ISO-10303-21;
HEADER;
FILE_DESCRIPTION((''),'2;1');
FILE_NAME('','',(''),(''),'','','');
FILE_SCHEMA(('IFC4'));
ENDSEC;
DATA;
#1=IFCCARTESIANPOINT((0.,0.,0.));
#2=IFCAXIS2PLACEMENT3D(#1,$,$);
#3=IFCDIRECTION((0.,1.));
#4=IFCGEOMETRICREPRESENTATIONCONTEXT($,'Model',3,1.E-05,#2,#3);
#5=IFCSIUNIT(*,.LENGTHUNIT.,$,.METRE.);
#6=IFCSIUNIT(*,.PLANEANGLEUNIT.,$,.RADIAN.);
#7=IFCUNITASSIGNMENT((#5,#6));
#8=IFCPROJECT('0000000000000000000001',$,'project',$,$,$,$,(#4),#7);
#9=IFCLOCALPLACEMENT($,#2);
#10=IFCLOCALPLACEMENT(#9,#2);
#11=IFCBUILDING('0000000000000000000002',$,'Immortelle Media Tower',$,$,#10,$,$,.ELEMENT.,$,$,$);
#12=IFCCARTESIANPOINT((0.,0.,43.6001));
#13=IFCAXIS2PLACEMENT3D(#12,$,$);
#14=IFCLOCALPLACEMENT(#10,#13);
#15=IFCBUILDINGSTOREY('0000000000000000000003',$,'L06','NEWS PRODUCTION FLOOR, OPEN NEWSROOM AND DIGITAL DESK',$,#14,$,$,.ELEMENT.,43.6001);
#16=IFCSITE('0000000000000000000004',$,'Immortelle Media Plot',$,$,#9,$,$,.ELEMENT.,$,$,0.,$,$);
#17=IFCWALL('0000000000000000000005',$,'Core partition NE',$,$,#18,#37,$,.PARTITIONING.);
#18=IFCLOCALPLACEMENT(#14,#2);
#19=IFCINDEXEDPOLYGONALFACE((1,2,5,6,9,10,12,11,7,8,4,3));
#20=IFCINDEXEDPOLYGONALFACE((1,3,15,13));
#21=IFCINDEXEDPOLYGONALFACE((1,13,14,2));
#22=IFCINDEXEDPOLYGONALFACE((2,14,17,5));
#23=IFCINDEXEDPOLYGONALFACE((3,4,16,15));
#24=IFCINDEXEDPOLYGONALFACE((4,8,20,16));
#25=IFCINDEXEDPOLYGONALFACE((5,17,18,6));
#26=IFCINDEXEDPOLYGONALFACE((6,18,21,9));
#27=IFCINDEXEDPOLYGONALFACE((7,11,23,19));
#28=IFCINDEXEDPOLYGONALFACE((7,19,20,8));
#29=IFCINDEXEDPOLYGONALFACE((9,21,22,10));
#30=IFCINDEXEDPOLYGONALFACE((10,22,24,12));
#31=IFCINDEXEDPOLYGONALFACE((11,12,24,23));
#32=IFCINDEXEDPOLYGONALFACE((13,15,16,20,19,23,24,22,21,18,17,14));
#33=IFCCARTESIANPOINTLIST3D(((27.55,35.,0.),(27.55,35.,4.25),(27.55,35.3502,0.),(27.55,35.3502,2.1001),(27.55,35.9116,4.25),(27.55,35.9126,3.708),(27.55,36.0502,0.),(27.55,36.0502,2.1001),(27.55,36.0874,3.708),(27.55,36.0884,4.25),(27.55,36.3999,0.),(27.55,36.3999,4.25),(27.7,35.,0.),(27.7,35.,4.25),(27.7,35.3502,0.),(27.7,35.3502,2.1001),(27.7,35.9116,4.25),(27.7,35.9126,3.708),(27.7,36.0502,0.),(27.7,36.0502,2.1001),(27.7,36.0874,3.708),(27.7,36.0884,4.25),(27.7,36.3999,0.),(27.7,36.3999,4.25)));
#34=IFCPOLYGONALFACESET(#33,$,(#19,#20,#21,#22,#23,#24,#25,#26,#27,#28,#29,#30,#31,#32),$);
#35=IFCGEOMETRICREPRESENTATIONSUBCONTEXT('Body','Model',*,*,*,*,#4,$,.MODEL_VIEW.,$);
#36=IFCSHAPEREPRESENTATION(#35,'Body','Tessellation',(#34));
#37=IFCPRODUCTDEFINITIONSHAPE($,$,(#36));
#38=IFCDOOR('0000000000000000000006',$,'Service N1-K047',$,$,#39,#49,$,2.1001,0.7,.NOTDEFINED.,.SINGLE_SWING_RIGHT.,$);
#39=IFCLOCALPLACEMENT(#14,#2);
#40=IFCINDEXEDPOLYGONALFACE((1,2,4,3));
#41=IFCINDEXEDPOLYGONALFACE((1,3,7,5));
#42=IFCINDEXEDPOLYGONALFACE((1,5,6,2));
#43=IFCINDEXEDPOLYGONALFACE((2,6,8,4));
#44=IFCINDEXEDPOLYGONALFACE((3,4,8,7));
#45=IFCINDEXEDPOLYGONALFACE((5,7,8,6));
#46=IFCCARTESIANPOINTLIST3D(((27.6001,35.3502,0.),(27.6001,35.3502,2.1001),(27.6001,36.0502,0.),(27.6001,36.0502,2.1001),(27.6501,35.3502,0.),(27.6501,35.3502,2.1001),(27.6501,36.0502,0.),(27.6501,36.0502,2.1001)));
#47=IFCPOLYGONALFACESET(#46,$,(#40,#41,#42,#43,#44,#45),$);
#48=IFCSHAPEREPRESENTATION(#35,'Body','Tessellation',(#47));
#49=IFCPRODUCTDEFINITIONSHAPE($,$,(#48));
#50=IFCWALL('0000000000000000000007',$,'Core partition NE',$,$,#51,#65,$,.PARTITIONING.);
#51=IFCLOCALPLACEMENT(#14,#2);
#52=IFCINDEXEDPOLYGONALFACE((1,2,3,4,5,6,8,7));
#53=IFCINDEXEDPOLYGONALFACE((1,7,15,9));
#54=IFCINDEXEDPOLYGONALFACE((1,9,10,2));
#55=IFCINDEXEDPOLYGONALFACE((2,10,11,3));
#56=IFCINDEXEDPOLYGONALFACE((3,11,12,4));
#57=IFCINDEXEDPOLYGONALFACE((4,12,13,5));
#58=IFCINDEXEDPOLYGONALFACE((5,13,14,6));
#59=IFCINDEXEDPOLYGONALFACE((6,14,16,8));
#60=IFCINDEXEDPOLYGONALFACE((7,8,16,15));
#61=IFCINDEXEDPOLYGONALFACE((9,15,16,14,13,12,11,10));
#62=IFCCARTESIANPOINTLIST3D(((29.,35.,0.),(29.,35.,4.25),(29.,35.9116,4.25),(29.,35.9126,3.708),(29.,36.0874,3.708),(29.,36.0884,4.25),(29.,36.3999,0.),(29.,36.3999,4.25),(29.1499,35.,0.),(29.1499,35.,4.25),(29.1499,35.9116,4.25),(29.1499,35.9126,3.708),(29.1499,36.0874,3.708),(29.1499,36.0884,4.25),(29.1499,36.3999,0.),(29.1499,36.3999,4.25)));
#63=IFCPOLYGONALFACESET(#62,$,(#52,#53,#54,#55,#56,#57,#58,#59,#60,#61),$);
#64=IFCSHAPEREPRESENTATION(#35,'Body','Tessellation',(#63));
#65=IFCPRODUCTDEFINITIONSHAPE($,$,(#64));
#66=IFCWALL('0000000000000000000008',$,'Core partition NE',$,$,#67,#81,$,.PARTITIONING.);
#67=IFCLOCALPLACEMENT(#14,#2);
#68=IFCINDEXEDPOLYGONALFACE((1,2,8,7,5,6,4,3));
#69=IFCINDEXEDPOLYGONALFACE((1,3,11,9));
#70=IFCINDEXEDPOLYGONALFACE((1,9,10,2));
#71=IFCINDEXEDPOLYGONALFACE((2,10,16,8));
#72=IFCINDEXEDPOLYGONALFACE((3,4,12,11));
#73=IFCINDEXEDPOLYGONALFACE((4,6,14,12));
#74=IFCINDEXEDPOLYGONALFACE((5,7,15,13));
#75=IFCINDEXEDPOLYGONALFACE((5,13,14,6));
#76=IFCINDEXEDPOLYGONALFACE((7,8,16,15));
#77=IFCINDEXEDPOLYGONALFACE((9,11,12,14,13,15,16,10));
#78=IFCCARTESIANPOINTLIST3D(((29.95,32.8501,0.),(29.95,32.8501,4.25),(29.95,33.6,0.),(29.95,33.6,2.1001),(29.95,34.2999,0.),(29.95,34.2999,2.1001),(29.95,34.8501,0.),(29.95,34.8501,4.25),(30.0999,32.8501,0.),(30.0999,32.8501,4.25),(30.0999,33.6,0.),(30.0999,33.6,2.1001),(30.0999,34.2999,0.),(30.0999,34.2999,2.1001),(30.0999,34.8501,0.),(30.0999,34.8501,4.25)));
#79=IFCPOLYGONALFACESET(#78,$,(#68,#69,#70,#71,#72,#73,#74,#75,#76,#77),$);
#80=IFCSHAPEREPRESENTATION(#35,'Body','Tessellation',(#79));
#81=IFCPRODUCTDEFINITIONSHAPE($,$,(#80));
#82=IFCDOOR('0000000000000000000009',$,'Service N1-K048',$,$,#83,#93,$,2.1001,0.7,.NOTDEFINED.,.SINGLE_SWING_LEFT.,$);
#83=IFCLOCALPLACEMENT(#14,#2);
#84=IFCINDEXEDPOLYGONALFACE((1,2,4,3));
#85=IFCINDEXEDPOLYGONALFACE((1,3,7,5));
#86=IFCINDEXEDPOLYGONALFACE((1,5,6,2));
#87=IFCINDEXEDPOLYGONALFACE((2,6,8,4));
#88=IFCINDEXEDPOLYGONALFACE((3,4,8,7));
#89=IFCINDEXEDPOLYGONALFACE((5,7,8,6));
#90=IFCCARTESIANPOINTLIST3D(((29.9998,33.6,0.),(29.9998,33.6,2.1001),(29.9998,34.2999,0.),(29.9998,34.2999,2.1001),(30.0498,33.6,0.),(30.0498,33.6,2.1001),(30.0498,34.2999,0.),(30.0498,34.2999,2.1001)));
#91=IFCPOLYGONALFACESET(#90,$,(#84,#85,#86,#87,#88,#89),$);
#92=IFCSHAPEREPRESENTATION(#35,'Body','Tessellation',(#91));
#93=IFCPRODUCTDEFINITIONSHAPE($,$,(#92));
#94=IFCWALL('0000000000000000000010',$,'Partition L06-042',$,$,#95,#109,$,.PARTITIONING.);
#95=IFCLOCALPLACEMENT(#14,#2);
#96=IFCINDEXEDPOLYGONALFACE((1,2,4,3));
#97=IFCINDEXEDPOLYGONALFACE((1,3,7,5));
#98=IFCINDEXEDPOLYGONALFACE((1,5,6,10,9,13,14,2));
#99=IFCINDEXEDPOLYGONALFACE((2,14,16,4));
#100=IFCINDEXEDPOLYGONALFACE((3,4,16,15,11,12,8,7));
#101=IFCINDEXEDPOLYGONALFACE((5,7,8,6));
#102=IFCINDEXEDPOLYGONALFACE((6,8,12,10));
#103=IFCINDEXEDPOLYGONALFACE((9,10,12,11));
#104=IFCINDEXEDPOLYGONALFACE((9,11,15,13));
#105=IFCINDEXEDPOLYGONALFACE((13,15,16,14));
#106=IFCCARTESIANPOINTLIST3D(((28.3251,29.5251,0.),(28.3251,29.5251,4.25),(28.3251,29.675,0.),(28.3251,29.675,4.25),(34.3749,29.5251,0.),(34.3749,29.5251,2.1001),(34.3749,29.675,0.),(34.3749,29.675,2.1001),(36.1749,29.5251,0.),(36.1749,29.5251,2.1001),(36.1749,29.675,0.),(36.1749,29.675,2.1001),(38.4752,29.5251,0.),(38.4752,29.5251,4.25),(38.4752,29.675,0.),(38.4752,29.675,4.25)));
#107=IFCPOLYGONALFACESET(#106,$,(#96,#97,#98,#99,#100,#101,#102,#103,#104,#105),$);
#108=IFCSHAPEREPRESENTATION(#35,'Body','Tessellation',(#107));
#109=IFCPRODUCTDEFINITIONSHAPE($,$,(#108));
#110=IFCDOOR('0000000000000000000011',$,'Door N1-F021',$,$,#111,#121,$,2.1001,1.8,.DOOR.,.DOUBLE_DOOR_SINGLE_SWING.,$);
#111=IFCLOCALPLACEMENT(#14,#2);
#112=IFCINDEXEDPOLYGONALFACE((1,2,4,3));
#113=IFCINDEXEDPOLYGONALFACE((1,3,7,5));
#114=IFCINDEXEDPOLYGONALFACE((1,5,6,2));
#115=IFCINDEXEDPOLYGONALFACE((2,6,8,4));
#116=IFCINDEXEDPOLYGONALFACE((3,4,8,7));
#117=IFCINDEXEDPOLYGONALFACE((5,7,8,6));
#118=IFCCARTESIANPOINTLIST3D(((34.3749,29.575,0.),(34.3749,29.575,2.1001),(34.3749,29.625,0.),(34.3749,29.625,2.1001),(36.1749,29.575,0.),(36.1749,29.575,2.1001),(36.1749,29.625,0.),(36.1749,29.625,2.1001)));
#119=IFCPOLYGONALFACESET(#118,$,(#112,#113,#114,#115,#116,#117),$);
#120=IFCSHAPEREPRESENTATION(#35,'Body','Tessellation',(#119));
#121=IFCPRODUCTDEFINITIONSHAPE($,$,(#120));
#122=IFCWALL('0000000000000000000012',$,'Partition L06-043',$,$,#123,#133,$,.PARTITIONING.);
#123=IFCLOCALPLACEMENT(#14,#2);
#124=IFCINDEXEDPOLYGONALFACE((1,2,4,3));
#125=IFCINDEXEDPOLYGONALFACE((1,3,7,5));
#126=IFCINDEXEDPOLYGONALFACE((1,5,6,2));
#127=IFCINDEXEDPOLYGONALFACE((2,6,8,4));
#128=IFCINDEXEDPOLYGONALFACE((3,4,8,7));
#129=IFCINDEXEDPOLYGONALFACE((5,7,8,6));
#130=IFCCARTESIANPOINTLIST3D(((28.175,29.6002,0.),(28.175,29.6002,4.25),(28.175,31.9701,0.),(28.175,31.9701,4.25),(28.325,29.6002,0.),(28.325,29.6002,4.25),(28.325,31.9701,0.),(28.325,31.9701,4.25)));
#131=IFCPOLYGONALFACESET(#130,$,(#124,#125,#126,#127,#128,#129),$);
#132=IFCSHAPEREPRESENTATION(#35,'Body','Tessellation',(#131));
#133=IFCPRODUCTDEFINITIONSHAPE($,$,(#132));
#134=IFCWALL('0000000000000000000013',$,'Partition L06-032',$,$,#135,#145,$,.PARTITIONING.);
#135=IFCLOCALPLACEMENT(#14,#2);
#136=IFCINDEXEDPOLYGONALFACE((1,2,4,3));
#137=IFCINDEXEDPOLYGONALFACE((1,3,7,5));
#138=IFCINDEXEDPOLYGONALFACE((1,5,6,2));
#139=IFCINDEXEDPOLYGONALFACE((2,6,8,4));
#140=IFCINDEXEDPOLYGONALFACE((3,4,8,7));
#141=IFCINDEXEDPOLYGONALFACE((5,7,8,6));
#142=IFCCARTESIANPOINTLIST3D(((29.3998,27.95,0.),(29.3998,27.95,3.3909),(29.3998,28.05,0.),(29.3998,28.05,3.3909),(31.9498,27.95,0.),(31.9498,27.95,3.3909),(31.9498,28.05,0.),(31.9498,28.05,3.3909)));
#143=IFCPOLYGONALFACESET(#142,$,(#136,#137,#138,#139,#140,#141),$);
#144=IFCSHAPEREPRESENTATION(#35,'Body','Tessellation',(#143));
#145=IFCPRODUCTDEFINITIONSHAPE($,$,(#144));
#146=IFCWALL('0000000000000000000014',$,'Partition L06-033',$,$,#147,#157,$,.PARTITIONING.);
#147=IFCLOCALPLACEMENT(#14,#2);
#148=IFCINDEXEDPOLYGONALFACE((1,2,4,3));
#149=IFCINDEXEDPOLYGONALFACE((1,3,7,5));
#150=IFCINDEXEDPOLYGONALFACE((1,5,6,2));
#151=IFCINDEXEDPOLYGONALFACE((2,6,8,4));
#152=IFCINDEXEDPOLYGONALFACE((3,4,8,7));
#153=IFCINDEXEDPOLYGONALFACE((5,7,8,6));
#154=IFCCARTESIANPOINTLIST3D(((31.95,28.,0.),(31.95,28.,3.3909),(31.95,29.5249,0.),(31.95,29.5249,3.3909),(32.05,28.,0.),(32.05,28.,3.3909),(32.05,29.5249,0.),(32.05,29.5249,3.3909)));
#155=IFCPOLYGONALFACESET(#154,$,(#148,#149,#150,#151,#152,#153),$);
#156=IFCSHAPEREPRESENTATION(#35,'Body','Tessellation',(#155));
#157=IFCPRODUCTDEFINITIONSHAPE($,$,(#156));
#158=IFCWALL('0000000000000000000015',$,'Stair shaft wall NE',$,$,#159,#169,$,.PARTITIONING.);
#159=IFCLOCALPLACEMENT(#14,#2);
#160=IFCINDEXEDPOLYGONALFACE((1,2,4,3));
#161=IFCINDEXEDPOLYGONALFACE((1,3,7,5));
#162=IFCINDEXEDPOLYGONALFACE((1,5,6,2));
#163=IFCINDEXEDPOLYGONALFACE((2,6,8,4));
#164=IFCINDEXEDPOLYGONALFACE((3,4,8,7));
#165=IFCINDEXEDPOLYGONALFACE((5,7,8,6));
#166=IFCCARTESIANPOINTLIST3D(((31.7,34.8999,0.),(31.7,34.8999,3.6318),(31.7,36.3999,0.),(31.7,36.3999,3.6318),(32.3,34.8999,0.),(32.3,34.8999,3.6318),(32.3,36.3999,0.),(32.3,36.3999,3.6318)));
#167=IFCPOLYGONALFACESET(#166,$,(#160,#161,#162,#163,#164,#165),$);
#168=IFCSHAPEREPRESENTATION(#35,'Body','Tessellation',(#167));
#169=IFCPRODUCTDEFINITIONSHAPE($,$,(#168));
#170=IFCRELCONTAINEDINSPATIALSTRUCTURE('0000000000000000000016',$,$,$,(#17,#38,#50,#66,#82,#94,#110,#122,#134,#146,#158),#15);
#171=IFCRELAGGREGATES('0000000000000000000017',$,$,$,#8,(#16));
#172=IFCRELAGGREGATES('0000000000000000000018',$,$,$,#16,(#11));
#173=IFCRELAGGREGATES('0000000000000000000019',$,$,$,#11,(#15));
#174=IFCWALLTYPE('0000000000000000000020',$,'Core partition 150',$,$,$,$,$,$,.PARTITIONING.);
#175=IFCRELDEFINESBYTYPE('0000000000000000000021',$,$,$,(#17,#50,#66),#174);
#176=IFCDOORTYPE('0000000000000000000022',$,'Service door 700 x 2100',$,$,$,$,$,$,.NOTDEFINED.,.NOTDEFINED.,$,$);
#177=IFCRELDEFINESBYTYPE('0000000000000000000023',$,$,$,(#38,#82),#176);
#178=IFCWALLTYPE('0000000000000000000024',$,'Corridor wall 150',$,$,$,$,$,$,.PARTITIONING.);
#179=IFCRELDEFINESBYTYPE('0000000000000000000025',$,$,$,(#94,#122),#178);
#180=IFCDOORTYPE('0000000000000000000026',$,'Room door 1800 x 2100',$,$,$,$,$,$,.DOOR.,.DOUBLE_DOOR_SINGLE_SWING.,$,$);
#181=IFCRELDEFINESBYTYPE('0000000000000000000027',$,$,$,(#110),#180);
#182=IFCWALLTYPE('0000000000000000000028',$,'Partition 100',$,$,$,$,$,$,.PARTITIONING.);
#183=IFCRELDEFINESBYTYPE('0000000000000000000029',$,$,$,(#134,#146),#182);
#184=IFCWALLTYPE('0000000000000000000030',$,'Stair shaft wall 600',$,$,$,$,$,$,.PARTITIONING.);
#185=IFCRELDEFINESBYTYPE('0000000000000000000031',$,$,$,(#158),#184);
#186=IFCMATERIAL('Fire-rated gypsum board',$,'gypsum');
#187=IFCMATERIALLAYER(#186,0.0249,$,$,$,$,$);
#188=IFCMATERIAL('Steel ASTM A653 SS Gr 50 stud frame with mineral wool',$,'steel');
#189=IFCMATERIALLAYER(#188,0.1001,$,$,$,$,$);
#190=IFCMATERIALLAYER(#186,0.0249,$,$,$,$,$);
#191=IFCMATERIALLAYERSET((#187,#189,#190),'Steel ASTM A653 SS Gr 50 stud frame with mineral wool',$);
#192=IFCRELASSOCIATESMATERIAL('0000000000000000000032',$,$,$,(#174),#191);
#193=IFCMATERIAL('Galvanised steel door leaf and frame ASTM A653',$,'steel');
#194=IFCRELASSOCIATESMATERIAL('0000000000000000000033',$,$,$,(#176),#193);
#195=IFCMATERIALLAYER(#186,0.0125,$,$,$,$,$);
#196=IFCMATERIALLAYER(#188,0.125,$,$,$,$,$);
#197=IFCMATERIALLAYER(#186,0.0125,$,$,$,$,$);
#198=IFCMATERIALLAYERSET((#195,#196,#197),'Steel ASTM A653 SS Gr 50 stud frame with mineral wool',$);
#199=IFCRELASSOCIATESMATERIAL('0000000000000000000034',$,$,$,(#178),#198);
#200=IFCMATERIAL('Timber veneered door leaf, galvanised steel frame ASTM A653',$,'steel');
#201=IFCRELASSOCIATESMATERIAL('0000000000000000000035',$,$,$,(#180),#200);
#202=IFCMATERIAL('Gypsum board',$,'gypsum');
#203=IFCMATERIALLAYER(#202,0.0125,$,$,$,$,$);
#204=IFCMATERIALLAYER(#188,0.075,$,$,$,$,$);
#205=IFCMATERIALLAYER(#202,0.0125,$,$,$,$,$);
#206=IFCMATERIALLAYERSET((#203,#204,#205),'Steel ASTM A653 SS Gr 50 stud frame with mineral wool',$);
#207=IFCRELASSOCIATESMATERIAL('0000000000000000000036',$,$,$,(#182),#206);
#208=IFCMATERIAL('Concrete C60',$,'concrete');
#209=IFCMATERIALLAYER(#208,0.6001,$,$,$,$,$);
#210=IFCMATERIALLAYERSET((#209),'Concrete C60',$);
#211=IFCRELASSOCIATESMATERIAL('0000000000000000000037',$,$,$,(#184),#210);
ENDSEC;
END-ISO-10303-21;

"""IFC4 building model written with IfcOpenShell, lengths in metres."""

from ifc_helpers import new_model, si_unit, direction, frame, frame_2d, origin, place, context, subcontext, project, spatial, polyline, rectangle, outline, extrude, material, layer, layer_set, type_object, element, fill, save


model = new_model("IFC4")

# Units and contexts
model_context = context("Model", 3, precision=1e-05, world=origin(), true_north=direction((0.0, 1.0)))
body_context = subcontext(model_context, "Body", "Model", "MODEL_VIEW")
ifc_project = project(units=[si_unit("LENGTHUNIT", "METRE"), si_unit("PLANEANGLEUNIT", "RADIAN")], contexts=[model_context])

# Site, building, storey
site_placement = place(None, origin())
site = spatial("IfcSite", under=ifc_project, at=site_placement, Name="Immortelle Media Plot", CompositionType="ELEMENT", RefElevation=0.0)
building_placement = place(site_placement, origin())
building = spatial("IfcBuilding", under=site, at=building_placement, Name="Immortelle Media Tower", CompositionType="ELEMENT")
storey_placement = place(building_placement, frame((0.0, 0.0, 43.6001)))
storey = spatial("IfcBuildingStorey", under=building, at=storey_placement, Name="L06", Description="NEWS PRODUCTION FLOOR, OPEN NEWSROOM AND DIGITAL DESK", CompositionType="ELEMENT", Elevation=43.6001)

# Shared definitions
ifc_material_1 = material(Name="Fire-rated gypsum board", Category="gypsum")
ifc_material_2 = material(Name="Steel ASTM A653 SS Gr 50 stud frame with mineral wool", Category="steel")
ifc_layer_1 = layer(ifc_material_1, 0.0249)
ifc_layer_2 = layer(ifc_material_2, 0.1001)
ifc_layer_3 = layer(ifc_material_1, 0.0249)
ifc_layer_set_1 = layer_set([ifc_layer_1, ifc_layer_2, ifc_layer_3], Name="Steel ASTM A653 SS Gr 50 stud frame with mineral wool")
wall_type_1 = type_object("IfcWallType", Name="Core partition 150", PredefinedType="PARTITIONING", material=ifc_layer_set_1)

# Wall, opening, door
ifc_material_3 = material(Name="Galvanised steel door leaf and frame ASTM A653", Category="steel")
wall_1_placement = place(storey_placement, frame((27.625, 35.0, 0.0), z_axis=(0.0, 0.0, 1.0), x_axis=(0.0, 1.0, 0.0)))
wall_1 = element("IfcWall", 1, at=wall_1_placement, inside=storey, type_object=wall_type_1, Name="Core partition NE", PredefinedType="PARTITIONING", context=body_context, shape_type="SweptSolid", body=[
    extrude(outline(polyline([(0.0, 0.0), (1.3999, 0.0), (1.3999, 4.25), (1.0884, 4.25), (1.0874, 3.708), (0.9126, 3.708), (0.9116, 4.25), (0.0, 4.25), (0.0, 0.0)])), frame((0.0, 0.075, 0.0), z_axis=(0.0, -1.0, 0.0), x_axis=(1.0, 0.0, 0.0)), (0.0, 0.0, 1.0), 0.1499),
])
opening_1_placement = place(wall_1_placement, frame((0.3501, 0.0, 0.0)))
opening_1 = element("IfcOpeningElement", 2, at=opening_1_placement, cuts=wall_1, PredefinedType="OPENING", context=body_context, shape_type="SweptSolid", body=[
    extrude(rectangle(XDim=0.7, YDim=2.1001, at=frame_2d((0.3501, 1.05))), frame((0.0, 0.085, 0.0), z_axis=(0.0, -1.0, 0.0), x_axis=(1.0, 0.0, 0.0)), (0.0, 0.0, 1.0), 0.1699),
])
door_type_1 = type_object("IfcDoorType", Name="Service door 700 x 2100", OperationType="NOTDEFINED", PredefinedType="NOTDEFINED", material=ifc_material_3)
door_1_placement = place(opening_1_placement, origin())
door_1 = element("IfcDoor", 3, at=door_1_placement, inside=storey, type_object=door_type_1, Name="Service N1-K047", OperationType="SINGLE_SWING_RIGHT", OverallHeight=2.1001, OverallWidth=0.7, PredefinedType="NOTDEFINED", context=body_context, shape_type="SweptSolid", body=[
    extrude(rectangle(XDim=0.7, YDim=2.1001, at=frame_2d((0.3501, 1.05))), frame((0.0, 0.0249, 0.0), z_axis=(0.0, -1.0, 0.0), x_axis=(1.0, 0.0, 0.0)), (0.0, 0.0, 1.0), 0.05),
])
fill(opening_1, door_1)

# Wall
wall_2_placement = place(storey_placement, frame((29.075, 35.0, 0.0), z_axis=(0.0, 0.0, 1.0), x_axis=(0.0, 1.0, 0.0)))
element("IfcWall", 4, at=wall_2_placement, inside=storey, type_object=wall_type_1, Name="Core partition NE", PredefinedType="PARTITIONING", context=body_context, shape_type="SweptSolid", body=[
    extrude(outline(polyline([(0.0, 0.0), (1.3999, 0.0), (1.3999, 4.25), (1.0884, 4.25), (1.0874, 3.708), (0.9126, 3.708), (0.9116, 4.25), (0.0, 4.25), (0.0, 0.0)])), frame((0.0, 0.075, 0.0), z_axis=(0.0, -1.0, 0.0), x_axis=(1.0, 0.0, 0.0)), (0.0, 0.0, 1.0), 0.1499),
])

# Walls, openings, doors
wall_3_placement = place(storey_placement, frame((30.0249, 32.8501, 0.0), z_axis=(0.0, 0.0, 1.0), x_axis=(0.0, 1.0, 0.0)))
wall_3 = element("IfcWall", 5, at=wall_3_placement, inside=storey, type_object=wall_type_1, Name="Core partition NE", PredefinedType="PARTITIONING", context=body_context, shape_type="SweptSolid", body=[
    extrude(rectangle(XDim=2.0, YDim=0.1499, at=frame_2d((1.0, 0.0))), origin(), (0.0, 0.0, 1.0), 4.25),
])
opening_2_placement = place(wall_3_placement, frame((1.45, 0.0, 0.0), z_axis=(0.0, 0.0, 1.0), x_axis=(-1.0, 0.0, 0.0)))
opening_2 = element("IfcOpeningElement", 6, at=opening_2_placement, cuts=wall_3, PredefinedType="OPENING", context=body_context, shape_type="SweptSolid", body=[
    extrude(rectangle(XDim=0.7, YDim=2.1001, at=frame_2d((0.3501, 1.05))), frame((0.0, 0.085, 0.0), z_axis=(0.0, -1.0, 0.0), x_axis=(1.0, 0.0, 0.0)), (0.0, 0.0, 1.0), 0.1699),
])
door_2_placement = place(opening_2_placement, origin())
door_2 = element("IfcDoor", 7, at=door_2_placement, inside=storey, type_object=door_type_1, Name="Service N1-K048", OperationType="SINGLE_SWING_LEFT", OverallHeight=2.1001, OverallWidth=0.7, PredefinedType="NOTDEFINED", context=body_context, shape_type="SweptSolid", body=[
    extrude(rectangle(XDim=0.7, YDim=2.1001, at=frame_2d((0.3501, 1.05))), frame((0.0, 0.0249, 0.0), z_axis=(0.0, -1.0, 0.0), x_axis=(1.0, 0.0, 0.0)), (0.0, 0.0, 1.0), 0.05),
])
fill(opening_2, door_2)
ifc_layer_4 = layer(ifc_material_1, 0.0125)
ifc_layer_5 = layer(ifc_material_2, 0.125)
ifc_layer_6 = layer(ifc_material_1, 0.0125)
ifc_layer_set_2 = layer_set([ifc_layer_4, ifc_layer_5, ifc_layer_6], Name="Steel ASTM A653 SS Gr 50 stud frame with mineral wool")
wall_type_2 = type_object("IfcWallType", Name="Corridor wall 150", PredefinedType="PARTITIONING", material=ifc_layer_set_2)
wall_4_placement = place(storey_placement, frame((28.325, 29.6001, 0.0), z_axis=(0.0, 0.0, 1.0), x_axis=(1.0, 0.0, 0.0)))
wall_4 = element("IfcWall", 8, at=wall_4_placement, inside=storey, type_object=wall_type_2, Name="Partition L06-042", PredefinedType="PARTITIONING", context=body_context, shape_type="SweptSolid", body=[
    extrude(rectangle(XDim=10.1501, YDim=0.1499, at=frame_2d((5.0752, 0.0))), origin(), (0.0, 0.0, 1.0), 4.25),
])
opening_3_placement = place(wall_4_placement, frame((6.05, 0.0, 0.0)))
opening_3 = element("IfcOpeningElement", 9, at=opening_3_placement, cuts=wall_4, PredefinedType="OPENING", context=body_context, shape_type="SweptSolid", body=[
    extrude(rectangle(XDim=1.8, YDim=2.1001, at=frame_2d((0.8999, 1.05))), frame((0.0, 0.085, 0.0), z_axis=(0.0, -1.0, 0.0), x_axis=(1.0, 0.0, 0.0)), (0.0, 0.0, 1.0), 0.1699),
])
ifc_material_4 = material(Name="Timber veneered door leaf, galvanised steel frame ASTM A653", Category="steel")
door_type_2 = type_object("IfcDoorType", Name="Room door 1800 x 2100", OperationType="DOUBLE_DOOR_SINGLE_SWING", PredefinedType="DOOR", material=ifc_material_4)
door_3_placement = place(opening_3_placement, origin())
door_3 = element("IfcDoor", 10, at=door_3_placement, inside=storey, type_object=door_type_2, Name="Door N1-F021", OperationType="DOUBLE_DOOR_SINGLE_SWING", OverallHeight=2.1001, OverallWidth=1.8, PredefinedType="DOOR", context=body_context, shape_type="SweptSolid", body=[
    extrude(rectangle(XDim=1.8, YDim=2.1001, at=frame_2d((0.8999, 1.05))), frame((0.0, 0.0249, 0.0), z_axis=(0.0, -1.0, 0.0), x_axis=(1.0, 0.0, 0.0)), (0.0, 0.0, 1.0), 0.05),
])
fill(opening_3, door_3)

# Walls
wall_5_placement = place(storey_placement, frame((28.25, 29.6001, 0.0), z_axis=(0.0, 0.0, 1.0), x_axis=(0.0, 1.0, 0.0)))
element("IfcWall", 11, at=wall_5_placement, inside=storey, type_object=wall_type_2, Name="Partition L06-043", PredefinedType="PARTITIONING", context=body_context, shape_type="SweptSolid", body=[
    extrude(rectangle(XDim=2.3699, YDim=0.1499, at=frame_2d((1.1851, 0.0))), origin(), (0.0, 0.0, 1.0), 4.25),
])
ifc_material_5 = material(Name="Gypsum board", Category="gypsum")
ifc_layer_7 = layer(ifc_material_5, 0.0125)
ifc_layer_8 = layer(ifc_material_2, 0.075)
ifc_layer_9 = layer(ifc_material_5, 0.0125)
ifc_layer_set_3 = layer_set([ifc_layer_7, ifc_layer_8, ifc_layer_9], Name="Steel ASTM A653 SS Gr 50 stud frame with mineral wool")
wall_type_3 = type_object("IfcWallType", Name="Partition 100", PredefinedType="PARTITIONING", material=ifc_layer_set_3)
wall_6_placement = place(storey_placement, frame((29.3999, 28.0, 0.0), z_axis=(0.0, 0.0, 1.0), x_axis=(1.0, 0.0, 0.0)))
element("IfcWall", 12, at=wall_6_placement, inside=storey, type_object=wall_type_3, Name="Partition L06-032", PredefinedType="PARTITIONING", context=body_context, shape_type="SweptSolid", body=[
    extrude(rectangle(XDim=2.55, YDim=0.1001, at=frame_2d((1.2749, 0.0))), origin(), (0.0, 0.0, 1.0), 3.3909),
])
wall_7_placement = place(storey_placement, frame((32.0, 28.0, 0.0), z_axis=(0.0, 0.0, 1.0), x_axis=(0.0, 1.0, 0.0)))
element("IfcWall", 13, at=wall_7_placement, inside=storey, type_object=wall_type_3, Name="Partition L06-033", PredefinedType="PARTITIONING", context=body_context, shape_type="SweptSolid", body=[
    extrude(rectangle(XDim=1.5249, YDim=0.1001, at=frame_2d((0.7625, 0.0))), origin(), (0.0, 0.0, 1.0), 3.3909),
])
ifc_material_6 = material(Name="Concrete C60", Category="concrete")
ifc_layer_10 = layer(ifc_material_6, 0.6001)
ifc_layer_set_4 = layer_set([ifc_layer_10], Name="Concrete C60")
wall_type_4 = type_object("IfcWallType", Name="Stair shaft wall 600", PredefinedType="PARTITIONING", material=ifc_layer_set_4)
wall_8_placement = place(storey_placement, frame((32.0, 34.8999, 0.0), z_axis=(0.0, 0.0, 1.0), x_axis=(0.0, 1.0, 0.0)))
element("IfcWall", 14, at=wall_8_placement, inside=storey, type_object=wall_type_4, Name="Stair shaft wall NE", PredefinedType="PARTITIONING", context=body_context, shape_type="SweptSolid", body=[
    extrude(rectangle(XDim=1.5, YDim=0.6001, at=frame_2d((0.75, 0.0))), origin(), (0.0, 0.0, 1.0), 3.6318),
])

save(model, "model.ifc")
